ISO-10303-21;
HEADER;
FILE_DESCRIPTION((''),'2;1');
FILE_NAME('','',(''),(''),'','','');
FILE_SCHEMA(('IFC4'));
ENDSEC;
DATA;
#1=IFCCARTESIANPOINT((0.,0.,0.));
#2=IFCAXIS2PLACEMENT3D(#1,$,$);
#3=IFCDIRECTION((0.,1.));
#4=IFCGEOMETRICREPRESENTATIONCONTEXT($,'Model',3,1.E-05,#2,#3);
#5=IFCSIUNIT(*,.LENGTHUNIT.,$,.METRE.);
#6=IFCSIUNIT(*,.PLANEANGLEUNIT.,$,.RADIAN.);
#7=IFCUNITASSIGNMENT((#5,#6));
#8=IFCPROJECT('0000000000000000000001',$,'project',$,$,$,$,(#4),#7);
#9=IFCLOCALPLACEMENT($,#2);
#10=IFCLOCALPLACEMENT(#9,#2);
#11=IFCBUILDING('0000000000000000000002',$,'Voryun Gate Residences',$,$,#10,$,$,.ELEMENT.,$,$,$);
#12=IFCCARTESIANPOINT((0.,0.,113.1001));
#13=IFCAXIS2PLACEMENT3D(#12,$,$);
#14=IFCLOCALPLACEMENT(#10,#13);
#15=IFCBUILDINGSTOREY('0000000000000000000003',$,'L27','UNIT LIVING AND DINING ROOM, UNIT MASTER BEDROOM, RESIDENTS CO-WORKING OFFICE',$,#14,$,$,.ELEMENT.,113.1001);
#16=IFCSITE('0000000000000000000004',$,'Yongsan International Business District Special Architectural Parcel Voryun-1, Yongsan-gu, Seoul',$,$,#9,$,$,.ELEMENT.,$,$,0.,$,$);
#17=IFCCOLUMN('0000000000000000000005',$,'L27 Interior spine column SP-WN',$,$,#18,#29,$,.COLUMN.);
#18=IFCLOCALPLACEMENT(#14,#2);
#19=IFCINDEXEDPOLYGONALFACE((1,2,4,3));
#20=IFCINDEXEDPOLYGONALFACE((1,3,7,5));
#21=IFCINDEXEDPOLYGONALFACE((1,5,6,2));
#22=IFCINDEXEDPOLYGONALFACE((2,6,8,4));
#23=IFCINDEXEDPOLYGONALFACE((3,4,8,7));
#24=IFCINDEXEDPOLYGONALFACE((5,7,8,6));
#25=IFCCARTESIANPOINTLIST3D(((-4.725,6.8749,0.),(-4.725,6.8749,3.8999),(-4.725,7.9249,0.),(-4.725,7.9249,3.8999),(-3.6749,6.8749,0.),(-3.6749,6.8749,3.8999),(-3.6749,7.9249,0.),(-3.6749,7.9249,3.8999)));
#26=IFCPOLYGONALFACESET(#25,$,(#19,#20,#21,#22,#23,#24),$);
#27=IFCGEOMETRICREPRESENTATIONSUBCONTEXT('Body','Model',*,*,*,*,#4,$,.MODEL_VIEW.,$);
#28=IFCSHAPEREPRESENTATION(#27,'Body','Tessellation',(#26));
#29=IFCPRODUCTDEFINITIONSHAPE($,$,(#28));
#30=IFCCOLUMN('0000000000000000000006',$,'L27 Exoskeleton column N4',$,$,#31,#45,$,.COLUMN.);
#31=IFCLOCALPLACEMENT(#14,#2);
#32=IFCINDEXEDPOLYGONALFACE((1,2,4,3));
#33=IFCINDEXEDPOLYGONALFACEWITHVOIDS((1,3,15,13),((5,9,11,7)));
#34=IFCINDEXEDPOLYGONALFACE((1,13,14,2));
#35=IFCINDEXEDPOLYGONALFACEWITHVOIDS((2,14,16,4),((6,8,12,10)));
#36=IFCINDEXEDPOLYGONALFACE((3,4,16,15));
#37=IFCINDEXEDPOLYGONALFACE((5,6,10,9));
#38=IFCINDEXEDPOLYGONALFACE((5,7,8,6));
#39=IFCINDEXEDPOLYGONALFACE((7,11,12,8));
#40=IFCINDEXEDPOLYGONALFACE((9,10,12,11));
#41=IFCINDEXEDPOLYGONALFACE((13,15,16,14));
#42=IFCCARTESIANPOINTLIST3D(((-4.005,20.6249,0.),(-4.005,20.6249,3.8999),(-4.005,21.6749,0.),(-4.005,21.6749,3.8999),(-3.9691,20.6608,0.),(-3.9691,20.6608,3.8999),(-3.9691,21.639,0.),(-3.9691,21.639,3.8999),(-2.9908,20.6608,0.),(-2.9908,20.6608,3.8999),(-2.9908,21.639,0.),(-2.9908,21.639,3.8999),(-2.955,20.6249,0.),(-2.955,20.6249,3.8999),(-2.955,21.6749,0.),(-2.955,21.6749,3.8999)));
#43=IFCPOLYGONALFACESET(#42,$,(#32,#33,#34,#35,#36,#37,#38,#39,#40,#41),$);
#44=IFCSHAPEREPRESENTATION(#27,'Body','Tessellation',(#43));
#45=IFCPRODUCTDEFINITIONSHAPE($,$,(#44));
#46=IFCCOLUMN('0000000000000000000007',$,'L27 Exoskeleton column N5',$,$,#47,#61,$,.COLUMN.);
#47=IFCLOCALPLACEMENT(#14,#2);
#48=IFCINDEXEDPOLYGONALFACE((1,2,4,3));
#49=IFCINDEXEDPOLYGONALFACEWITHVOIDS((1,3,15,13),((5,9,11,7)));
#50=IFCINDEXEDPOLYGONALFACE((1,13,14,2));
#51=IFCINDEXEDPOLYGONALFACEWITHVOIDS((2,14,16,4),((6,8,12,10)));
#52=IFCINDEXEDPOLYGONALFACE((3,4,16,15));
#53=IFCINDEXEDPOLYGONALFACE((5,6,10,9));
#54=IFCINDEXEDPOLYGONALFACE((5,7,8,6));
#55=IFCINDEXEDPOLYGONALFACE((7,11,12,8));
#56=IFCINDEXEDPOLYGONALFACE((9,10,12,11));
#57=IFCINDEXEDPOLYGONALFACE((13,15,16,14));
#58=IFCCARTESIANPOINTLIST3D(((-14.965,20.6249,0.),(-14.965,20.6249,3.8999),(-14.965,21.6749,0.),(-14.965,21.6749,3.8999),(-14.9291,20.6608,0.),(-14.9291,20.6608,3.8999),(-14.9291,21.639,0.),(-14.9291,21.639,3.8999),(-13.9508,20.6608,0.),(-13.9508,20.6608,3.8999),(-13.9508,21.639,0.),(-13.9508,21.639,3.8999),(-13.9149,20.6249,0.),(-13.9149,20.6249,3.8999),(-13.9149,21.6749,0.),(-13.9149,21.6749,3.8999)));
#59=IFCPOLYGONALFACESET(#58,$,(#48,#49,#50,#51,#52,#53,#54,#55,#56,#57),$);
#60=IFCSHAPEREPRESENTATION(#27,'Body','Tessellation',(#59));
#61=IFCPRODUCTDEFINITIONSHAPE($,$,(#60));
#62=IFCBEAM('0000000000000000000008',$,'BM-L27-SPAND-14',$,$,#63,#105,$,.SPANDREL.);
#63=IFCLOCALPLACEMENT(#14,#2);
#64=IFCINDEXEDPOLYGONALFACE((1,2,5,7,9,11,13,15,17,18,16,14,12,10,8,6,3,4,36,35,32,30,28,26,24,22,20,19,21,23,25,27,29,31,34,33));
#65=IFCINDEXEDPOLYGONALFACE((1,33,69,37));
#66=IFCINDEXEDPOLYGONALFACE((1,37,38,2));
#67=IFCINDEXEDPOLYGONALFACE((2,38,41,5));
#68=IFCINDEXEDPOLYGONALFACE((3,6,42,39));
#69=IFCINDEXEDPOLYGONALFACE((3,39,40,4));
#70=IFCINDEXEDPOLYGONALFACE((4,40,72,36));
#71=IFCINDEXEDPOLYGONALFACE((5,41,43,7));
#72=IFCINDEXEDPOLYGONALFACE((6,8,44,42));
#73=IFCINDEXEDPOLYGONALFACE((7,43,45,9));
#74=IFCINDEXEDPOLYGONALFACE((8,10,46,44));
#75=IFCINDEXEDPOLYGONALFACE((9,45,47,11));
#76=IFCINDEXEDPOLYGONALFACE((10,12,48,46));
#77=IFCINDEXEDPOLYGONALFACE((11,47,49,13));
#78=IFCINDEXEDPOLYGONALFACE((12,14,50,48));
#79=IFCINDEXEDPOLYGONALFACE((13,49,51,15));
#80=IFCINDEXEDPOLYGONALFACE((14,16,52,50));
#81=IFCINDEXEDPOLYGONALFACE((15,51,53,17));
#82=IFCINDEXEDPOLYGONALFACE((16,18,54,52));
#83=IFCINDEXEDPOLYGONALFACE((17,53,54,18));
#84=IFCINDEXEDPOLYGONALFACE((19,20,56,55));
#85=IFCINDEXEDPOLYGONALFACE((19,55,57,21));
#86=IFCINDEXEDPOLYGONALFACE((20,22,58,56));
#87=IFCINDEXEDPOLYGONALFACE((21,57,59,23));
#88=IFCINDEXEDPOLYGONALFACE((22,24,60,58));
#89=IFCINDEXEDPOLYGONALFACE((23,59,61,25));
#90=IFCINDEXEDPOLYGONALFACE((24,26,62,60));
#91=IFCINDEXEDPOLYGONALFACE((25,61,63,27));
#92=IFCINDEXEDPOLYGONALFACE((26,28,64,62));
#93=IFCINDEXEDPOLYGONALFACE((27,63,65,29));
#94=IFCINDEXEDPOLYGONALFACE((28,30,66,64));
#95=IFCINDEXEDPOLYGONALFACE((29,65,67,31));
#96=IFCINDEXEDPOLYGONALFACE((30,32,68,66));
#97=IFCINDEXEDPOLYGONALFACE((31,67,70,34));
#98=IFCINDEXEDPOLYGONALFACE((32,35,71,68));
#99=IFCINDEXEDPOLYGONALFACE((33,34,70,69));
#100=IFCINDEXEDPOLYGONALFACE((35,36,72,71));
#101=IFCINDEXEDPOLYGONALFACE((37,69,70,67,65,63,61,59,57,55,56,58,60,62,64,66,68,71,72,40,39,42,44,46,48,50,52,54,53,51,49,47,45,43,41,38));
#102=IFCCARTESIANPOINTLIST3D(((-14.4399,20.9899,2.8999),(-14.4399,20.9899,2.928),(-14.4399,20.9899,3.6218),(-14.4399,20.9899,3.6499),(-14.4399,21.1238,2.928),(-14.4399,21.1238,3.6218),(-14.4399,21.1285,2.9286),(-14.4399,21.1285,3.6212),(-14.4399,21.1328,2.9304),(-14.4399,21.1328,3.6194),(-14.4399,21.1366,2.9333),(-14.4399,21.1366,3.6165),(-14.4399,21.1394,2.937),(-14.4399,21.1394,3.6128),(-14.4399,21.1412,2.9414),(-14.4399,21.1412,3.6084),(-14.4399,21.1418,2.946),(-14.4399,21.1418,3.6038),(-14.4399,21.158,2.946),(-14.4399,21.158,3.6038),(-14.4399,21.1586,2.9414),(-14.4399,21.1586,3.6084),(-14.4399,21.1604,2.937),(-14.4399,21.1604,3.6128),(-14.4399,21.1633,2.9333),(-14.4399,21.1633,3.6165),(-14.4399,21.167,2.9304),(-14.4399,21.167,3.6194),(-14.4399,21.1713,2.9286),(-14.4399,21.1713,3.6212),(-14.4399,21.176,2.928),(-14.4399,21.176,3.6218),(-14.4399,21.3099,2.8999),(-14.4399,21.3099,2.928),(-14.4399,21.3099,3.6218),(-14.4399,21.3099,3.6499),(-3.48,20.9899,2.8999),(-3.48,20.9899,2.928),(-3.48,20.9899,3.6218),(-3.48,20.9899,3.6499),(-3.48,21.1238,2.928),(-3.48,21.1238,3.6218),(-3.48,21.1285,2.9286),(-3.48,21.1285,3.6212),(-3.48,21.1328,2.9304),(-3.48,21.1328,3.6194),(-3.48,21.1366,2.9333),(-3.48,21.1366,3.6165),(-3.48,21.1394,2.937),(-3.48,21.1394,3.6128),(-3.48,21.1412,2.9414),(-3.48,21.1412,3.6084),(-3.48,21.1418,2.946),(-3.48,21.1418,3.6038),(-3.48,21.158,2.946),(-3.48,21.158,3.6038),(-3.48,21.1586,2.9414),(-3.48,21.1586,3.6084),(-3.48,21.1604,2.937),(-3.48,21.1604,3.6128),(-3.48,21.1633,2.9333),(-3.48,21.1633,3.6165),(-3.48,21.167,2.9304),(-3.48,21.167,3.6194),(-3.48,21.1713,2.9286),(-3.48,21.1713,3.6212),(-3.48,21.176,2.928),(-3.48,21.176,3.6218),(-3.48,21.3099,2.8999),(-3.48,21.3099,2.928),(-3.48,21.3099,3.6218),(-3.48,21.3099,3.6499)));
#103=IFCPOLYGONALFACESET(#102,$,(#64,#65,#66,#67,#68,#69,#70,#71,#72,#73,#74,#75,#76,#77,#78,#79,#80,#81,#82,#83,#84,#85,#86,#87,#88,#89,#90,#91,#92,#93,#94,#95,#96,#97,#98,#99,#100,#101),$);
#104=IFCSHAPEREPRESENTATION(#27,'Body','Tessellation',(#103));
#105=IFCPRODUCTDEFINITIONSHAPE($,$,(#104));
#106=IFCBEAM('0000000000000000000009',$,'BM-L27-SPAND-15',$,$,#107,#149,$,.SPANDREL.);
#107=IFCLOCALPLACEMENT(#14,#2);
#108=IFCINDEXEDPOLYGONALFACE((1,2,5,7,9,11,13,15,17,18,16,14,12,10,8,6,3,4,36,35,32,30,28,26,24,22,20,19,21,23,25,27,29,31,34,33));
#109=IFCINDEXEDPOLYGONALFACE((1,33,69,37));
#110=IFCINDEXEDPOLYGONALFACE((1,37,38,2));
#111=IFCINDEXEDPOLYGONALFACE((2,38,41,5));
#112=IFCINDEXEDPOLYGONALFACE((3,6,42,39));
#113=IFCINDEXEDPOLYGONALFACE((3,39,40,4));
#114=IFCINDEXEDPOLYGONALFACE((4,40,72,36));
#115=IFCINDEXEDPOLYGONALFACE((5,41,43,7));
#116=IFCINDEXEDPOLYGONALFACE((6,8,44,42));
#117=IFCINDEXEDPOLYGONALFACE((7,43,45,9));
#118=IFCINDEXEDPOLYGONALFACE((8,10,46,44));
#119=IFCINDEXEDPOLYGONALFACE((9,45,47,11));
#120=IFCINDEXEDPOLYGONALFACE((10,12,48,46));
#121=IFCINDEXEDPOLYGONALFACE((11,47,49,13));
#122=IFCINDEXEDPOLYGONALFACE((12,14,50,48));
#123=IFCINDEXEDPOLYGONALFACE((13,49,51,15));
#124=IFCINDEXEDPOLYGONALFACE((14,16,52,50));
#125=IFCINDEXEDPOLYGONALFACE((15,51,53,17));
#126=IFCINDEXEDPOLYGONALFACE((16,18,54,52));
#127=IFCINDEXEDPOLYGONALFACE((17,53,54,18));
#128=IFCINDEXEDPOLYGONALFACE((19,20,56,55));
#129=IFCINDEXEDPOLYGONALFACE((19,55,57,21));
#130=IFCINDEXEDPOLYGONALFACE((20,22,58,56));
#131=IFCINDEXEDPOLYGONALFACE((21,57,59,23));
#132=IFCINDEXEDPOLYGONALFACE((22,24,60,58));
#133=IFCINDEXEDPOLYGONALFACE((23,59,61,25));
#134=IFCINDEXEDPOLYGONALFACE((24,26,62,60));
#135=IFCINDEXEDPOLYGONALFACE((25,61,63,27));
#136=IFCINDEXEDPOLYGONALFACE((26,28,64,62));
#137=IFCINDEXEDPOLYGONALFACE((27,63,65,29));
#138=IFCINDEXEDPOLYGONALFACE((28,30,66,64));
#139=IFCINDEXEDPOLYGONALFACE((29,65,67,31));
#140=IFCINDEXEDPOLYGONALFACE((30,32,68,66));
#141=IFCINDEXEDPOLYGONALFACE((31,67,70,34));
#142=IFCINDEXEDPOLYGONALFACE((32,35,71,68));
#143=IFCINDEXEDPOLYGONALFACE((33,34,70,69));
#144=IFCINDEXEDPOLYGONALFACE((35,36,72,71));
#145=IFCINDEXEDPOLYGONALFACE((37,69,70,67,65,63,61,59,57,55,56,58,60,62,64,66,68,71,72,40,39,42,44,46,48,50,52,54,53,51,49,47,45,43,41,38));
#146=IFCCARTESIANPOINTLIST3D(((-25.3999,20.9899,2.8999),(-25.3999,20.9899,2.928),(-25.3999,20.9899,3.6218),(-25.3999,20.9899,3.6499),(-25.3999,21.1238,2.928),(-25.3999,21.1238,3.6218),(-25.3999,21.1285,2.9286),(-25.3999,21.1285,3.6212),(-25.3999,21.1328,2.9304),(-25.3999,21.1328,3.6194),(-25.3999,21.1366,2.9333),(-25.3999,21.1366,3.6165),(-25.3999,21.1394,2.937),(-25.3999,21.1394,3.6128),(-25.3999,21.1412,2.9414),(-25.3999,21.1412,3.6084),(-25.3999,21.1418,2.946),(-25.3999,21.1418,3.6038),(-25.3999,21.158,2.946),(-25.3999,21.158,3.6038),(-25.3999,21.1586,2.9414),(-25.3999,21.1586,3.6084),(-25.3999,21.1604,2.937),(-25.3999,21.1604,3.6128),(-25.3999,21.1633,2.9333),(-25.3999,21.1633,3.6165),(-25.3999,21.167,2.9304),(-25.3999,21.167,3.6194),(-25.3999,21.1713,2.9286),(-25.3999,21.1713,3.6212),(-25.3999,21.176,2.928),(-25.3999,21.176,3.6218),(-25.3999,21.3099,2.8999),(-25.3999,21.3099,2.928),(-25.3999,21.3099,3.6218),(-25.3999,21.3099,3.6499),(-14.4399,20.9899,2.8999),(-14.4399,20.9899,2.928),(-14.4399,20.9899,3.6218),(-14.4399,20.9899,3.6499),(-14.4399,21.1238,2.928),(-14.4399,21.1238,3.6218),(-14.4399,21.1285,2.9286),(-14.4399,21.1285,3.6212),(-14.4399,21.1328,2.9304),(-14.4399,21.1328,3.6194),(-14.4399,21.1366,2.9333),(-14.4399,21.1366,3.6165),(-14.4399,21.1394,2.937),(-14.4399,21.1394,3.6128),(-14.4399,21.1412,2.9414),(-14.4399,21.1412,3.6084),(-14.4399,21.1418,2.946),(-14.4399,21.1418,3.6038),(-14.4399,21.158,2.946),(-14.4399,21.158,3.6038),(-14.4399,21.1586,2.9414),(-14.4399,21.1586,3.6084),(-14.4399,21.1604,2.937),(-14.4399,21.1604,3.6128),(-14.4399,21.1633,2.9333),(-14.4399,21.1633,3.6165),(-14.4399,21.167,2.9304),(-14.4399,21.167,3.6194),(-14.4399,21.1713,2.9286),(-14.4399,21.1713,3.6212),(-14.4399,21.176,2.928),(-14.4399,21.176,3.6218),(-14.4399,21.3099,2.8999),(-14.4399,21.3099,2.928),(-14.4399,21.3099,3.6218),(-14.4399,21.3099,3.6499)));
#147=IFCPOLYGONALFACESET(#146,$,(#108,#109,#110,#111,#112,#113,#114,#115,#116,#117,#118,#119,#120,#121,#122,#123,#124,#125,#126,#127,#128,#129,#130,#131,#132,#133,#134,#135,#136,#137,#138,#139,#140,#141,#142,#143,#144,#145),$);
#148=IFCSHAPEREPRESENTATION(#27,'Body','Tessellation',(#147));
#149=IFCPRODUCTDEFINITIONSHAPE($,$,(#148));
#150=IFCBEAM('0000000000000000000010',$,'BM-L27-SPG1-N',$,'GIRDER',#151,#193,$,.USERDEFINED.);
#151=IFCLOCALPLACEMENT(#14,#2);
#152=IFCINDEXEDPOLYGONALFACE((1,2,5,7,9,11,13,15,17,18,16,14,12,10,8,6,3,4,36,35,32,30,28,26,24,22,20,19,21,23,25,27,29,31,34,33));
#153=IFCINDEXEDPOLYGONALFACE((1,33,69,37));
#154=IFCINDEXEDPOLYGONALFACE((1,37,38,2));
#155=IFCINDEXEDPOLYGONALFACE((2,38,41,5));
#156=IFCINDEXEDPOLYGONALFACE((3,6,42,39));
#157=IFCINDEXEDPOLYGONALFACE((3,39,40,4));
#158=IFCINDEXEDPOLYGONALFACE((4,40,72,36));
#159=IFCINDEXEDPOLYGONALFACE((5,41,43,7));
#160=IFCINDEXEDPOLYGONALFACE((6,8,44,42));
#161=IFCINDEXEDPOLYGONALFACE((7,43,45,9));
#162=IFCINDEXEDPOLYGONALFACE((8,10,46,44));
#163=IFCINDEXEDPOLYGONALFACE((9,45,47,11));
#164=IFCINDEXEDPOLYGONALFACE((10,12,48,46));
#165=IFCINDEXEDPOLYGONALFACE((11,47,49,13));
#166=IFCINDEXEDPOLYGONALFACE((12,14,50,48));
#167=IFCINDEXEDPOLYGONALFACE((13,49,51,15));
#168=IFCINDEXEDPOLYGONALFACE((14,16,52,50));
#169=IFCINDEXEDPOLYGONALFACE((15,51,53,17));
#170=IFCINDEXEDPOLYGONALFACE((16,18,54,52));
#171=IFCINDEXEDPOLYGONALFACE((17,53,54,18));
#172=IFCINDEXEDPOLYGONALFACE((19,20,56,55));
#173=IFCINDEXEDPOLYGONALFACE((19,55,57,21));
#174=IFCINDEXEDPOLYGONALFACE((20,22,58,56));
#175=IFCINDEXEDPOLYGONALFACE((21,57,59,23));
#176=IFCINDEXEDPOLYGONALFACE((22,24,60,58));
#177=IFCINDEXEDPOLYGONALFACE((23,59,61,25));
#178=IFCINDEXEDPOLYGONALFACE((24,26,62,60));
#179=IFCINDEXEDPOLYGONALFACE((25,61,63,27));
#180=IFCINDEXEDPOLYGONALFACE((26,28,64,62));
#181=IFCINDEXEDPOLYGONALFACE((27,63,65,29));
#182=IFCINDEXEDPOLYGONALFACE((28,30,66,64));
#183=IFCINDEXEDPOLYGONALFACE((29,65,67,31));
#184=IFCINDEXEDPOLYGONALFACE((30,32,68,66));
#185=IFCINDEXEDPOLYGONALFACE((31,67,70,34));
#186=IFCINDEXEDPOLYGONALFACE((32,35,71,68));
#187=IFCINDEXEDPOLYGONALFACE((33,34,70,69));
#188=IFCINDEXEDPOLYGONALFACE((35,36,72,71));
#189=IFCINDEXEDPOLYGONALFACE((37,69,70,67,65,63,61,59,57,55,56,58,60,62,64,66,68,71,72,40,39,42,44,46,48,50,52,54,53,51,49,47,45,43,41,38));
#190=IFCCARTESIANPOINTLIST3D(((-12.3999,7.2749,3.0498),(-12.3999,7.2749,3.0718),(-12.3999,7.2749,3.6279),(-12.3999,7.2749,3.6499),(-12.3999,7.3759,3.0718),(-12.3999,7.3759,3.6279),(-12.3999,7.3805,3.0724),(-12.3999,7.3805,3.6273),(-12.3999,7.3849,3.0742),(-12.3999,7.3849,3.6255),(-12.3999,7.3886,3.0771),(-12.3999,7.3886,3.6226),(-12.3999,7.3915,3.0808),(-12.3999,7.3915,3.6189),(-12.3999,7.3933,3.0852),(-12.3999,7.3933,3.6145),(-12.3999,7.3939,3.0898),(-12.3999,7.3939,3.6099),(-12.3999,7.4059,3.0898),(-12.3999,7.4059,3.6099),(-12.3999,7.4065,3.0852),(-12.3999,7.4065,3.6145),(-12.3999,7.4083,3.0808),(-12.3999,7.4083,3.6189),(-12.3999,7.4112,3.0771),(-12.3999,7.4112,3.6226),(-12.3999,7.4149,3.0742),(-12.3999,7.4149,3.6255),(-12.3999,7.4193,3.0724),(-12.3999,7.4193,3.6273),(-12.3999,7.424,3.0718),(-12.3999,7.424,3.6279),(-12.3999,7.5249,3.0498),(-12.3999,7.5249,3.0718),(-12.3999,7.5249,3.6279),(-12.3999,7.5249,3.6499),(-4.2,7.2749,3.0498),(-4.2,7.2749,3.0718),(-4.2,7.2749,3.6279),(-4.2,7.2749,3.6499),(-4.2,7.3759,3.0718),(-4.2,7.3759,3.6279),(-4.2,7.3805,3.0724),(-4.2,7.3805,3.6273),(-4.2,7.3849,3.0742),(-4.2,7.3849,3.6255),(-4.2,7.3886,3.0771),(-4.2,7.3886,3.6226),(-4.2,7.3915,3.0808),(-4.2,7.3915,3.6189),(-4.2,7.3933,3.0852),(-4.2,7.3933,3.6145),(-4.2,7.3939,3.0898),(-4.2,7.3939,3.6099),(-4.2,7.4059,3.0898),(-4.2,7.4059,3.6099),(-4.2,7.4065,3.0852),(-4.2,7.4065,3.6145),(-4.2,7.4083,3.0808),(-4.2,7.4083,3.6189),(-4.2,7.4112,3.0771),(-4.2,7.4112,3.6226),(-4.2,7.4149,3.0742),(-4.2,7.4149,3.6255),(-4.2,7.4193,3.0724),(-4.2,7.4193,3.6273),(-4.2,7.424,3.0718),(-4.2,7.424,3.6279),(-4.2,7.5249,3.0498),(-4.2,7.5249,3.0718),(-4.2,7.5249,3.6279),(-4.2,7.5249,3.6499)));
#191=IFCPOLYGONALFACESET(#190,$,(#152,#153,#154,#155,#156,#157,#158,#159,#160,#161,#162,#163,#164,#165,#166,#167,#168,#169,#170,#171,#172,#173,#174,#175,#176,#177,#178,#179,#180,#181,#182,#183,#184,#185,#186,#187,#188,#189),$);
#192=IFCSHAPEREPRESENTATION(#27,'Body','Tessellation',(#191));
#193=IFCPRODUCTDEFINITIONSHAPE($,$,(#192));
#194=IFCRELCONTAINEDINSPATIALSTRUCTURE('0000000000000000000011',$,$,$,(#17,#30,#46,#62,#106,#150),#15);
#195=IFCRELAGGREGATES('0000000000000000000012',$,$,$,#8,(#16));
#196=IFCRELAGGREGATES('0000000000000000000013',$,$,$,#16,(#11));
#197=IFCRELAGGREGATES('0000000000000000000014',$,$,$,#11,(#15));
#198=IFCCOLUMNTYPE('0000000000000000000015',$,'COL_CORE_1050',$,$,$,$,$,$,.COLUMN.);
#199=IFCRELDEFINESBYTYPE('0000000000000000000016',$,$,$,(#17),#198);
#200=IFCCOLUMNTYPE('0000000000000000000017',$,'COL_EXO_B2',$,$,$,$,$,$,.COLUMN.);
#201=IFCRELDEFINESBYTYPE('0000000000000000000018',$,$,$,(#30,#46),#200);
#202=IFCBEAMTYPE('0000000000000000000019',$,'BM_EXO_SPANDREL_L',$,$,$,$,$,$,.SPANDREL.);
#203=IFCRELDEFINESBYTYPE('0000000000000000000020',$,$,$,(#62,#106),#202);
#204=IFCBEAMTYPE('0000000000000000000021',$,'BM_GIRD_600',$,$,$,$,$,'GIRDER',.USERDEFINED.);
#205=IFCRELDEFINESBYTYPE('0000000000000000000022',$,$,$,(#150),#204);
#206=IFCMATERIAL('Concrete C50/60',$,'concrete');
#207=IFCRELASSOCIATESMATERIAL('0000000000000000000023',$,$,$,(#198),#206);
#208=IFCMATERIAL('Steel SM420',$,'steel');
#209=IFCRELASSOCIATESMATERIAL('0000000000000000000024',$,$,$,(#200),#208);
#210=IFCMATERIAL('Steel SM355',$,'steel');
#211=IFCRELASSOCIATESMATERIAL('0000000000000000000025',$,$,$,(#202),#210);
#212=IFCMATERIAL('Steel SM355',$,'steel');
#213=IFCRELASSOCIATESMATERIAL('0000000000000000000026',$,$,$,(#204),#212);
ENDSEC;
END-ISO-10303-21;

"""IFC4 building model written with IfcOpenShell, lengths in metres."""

from ifc_helpers import new_model, si_unit, direction, frame, origin, origin_2d, place, context, subcontext, project, spatial, rectangle, hollow_rectangle, i_section, extrude, material, material_profile, profile_set, type_object, element, save


model = new_model("IFC4")

# Units and contexts
model_context = context("Model", 3, precision=1e-05, world=origin(), true_north=direction((0.0, 1.0)))
body_context = subcontext(model_context, "Body", "Model", "MODEL_VIEW")
ifc_project = project(units=[si_unit("LENGTHUNIT", "METRE"), si_unit("PLANEANGLEUNIT", "RADIAN")], contexts=[model_context])

# Site, building, storey
site_placement = place(None, origin())
site = spatial("IfcSite", under=ifc_project, at=site_placement, Name="Yongsan International Business District Special Architectural Parcel Voryun-1, Yongsan-gu, Seoul", CompositionType="ELEMENT", RefElevation=0.0)
building_placement = place(site_placement, origin())
building = spatial("IfcBuilding", under=site, at=building_placement, Name="Voryun Gate Residences", CompositionType="ELEMENT")
storey_placement = place(building_placement, frame((0.0, 0.0, 113.1001)))
storey = spatial("IfcBuildingStorey", under=building, at=storey_placement, Name="L27", Description="UNIT LIVING AND DINING ROOM, UNIT MASTER BEDROOM, RESIDENTS CO-WORKING OFFICE", CompositionType="ELEMENT", Elevation=113.1001)

# Columns
ifc_material_1 = material(Name="Concrete C50/60", Category="concrete")
ifc_material_profile_1 = material_profile(ifc_material_1, rectangle(XDim=1.05, YDim=1.05, at=origin_2d()), Name="RC-1050x1050")
ifc_profile_set_1 = profile_set([ifc_material_profile_1], Name="Concrete C50/60")
column_type_1 = type_object("IfcColumnType", Name="COL_CORE_1050", PredefinedType="COLUMN", material=ifc_profile_set_1)
column_placement = place(storey_placement, frame((-4.2, 7.3999, 0.0), z_axis=(0.0, 0.0, 1.0), x_axis=(1.0, 0.0, 0.0)))
element("IfcColumn", 1, at=column_placement, inside=storey, type_object=column_type_1, Name="L27 Interior spine column SP-WN", PredefinedType="COLUMN", context=body_context, shape_type="SweptSolid", body=[
    extrude(rectangle(XDim=1.05, YDim=1.05, at=origin_2d()), origin(), (0.0, 0.0, 1.0), 3.8999),
])
ifc_material_2 = material(Name="Steel SM420", Category="steel")
ifc_material_profile_2 = material_profile(ifc_material_2, hollow_rectangle(XDim=1.05, YDim=1.05, WallThickness=0.0359, at=origin_2d()), Name="BOX-1050x1050x36")
ifc_profile_set_2 = profile_set([ifc_material_profile_2], Name="Steel SM420")
column_type_2 = type_object("IfcColumnType", Name="COL_EXO_B2", PredefinedType="COLUMN", material=ifc_profile_set_2)
for number, where, z_axis, x_axis, name in (
    (2, (-3.48, 21.1499, 0.0), (0.0, 0.0, 1.0), (1.0, 0.0, 0.0), "L27 Exoskeleton column N4"),
    (3, (-14.4399, 21.1499, 0.0), (0.0, 0.0, 1.0), (1.0, 0.0, 0.0), "L27 Exoskeleton column N5"),
):
    element("IfcColumn", number, at=place(storey_placement, frame(where, z_axis=z_axis, x_axis=x_axis)), inside=storey, type_object=column_type_2, Name=name, PredefinedType="COLUMN", context=body_context, shape_type="SweptSolid", body=[
        extrude(hollow_rectangle(XDim=1.05, YDim=1.05, WallThickness=0.0359, at=origin_2d()), origin(), (0.0, 0.0, 1.0), 3.8999),
    ])

# Beams
ifc_material_3 = material(Name="Steel SM355", Category="steel")
ifc_material_profile_3 = material_profile(ifc_material_3, i_section(OverallWidth=0.3201, OverallDepth=0.75, WebThickness=0.0161, FlangeThickness=0.0281, FilletRadius=0.0181, at=origin_2d()), Name="H-750x320x16x28")
ifc_profile_set_3 = profile_set([ifc_material_profile_3], Name="Steel SM355")
beam_type_1 = type_object("IfcBeamType", Name="BM_EXO_SPANDREL_L", PredefinedType="SPANDREL", material=ifc_profile_set_3)
for number, where, z_axis, x_axis, name in (
    (4, (-3.48, 21.1499, 3.2749), (-1.0, 0.0, 0.0), (0.0, -1.0, 0.0), "BM-L27-SPAND-14"),
    (5, (-14.4399, 21.1499, 3.2749), (-1.0, 0.0, 0.0), (0.0, -1.0, 0.0), "BM-L27-SPAND-15"),
):
    element("IfcBeam", number, at=place(storey_placement, frame(where, z_axis=z_axis, x_axis=x_axis)), inside=storey, type_object=beam_type_1, Name=name, PredefinedType="SPANDREL", context=body_context, shape_type="SweptSolid", body=[
        extrude(i_section(OverallWidth=0.3201, OverallDepth=0.75, WebThickness=0.0161, FlangeThickness=0.0281, FilletRadius=0.0181, at=origin_2d()), origin(), (0.0, 0.0, 1.0), 10.96),
    ])
ifc_material_4 = material(Name="Steel SM355", Category="steel")
ifc_material_profile_4 = material_profile(ifc_material_4, i_section(OverallWidth=0.25, OverallDepth=0.6001, WebThickness=0.012, FlangeThickness=0.022, FilletRadius=0.0181, at=origin_2d()), Name="H-600x250x12x22")
ifc_profile_set_4 = profile_set([ifc_material_profile_4], Name="Steel SM355")
beam_type_2 = type_object("IfcBeamType", Name="BM_GIRD_600", ElementType="GIRDER", PredefinedType="USERDEFINED", material=ifc_profile_set_4)
beam_1_placement = place(storey_placement, frame((-12.3999, 7.3999, 3.3499), z_axis=(1.0, 0.0, 0.0), x_axis=(0.0, 1.0, 0.0)))
element("IfcBeam", 6, at=beam_1_placement, inside=storey, type_object=beam_type_2, Name="BM-L27-SPG1-N", ObjectType="GIRDER", PredefinedType="USERDEFINED", context=body_context, shape_type="SweptSolid", body=[
    extrude(i_section(OverallWidth=0.25, OverallDepth=0.6001, WebThickness=0.012, FlangeThickness=0.022, FilletRadius=0.0181, at=origin_2d()), origin(), (0.0, 0.0, 1.0), 8.2),
])

save(model, "model.ifc")
